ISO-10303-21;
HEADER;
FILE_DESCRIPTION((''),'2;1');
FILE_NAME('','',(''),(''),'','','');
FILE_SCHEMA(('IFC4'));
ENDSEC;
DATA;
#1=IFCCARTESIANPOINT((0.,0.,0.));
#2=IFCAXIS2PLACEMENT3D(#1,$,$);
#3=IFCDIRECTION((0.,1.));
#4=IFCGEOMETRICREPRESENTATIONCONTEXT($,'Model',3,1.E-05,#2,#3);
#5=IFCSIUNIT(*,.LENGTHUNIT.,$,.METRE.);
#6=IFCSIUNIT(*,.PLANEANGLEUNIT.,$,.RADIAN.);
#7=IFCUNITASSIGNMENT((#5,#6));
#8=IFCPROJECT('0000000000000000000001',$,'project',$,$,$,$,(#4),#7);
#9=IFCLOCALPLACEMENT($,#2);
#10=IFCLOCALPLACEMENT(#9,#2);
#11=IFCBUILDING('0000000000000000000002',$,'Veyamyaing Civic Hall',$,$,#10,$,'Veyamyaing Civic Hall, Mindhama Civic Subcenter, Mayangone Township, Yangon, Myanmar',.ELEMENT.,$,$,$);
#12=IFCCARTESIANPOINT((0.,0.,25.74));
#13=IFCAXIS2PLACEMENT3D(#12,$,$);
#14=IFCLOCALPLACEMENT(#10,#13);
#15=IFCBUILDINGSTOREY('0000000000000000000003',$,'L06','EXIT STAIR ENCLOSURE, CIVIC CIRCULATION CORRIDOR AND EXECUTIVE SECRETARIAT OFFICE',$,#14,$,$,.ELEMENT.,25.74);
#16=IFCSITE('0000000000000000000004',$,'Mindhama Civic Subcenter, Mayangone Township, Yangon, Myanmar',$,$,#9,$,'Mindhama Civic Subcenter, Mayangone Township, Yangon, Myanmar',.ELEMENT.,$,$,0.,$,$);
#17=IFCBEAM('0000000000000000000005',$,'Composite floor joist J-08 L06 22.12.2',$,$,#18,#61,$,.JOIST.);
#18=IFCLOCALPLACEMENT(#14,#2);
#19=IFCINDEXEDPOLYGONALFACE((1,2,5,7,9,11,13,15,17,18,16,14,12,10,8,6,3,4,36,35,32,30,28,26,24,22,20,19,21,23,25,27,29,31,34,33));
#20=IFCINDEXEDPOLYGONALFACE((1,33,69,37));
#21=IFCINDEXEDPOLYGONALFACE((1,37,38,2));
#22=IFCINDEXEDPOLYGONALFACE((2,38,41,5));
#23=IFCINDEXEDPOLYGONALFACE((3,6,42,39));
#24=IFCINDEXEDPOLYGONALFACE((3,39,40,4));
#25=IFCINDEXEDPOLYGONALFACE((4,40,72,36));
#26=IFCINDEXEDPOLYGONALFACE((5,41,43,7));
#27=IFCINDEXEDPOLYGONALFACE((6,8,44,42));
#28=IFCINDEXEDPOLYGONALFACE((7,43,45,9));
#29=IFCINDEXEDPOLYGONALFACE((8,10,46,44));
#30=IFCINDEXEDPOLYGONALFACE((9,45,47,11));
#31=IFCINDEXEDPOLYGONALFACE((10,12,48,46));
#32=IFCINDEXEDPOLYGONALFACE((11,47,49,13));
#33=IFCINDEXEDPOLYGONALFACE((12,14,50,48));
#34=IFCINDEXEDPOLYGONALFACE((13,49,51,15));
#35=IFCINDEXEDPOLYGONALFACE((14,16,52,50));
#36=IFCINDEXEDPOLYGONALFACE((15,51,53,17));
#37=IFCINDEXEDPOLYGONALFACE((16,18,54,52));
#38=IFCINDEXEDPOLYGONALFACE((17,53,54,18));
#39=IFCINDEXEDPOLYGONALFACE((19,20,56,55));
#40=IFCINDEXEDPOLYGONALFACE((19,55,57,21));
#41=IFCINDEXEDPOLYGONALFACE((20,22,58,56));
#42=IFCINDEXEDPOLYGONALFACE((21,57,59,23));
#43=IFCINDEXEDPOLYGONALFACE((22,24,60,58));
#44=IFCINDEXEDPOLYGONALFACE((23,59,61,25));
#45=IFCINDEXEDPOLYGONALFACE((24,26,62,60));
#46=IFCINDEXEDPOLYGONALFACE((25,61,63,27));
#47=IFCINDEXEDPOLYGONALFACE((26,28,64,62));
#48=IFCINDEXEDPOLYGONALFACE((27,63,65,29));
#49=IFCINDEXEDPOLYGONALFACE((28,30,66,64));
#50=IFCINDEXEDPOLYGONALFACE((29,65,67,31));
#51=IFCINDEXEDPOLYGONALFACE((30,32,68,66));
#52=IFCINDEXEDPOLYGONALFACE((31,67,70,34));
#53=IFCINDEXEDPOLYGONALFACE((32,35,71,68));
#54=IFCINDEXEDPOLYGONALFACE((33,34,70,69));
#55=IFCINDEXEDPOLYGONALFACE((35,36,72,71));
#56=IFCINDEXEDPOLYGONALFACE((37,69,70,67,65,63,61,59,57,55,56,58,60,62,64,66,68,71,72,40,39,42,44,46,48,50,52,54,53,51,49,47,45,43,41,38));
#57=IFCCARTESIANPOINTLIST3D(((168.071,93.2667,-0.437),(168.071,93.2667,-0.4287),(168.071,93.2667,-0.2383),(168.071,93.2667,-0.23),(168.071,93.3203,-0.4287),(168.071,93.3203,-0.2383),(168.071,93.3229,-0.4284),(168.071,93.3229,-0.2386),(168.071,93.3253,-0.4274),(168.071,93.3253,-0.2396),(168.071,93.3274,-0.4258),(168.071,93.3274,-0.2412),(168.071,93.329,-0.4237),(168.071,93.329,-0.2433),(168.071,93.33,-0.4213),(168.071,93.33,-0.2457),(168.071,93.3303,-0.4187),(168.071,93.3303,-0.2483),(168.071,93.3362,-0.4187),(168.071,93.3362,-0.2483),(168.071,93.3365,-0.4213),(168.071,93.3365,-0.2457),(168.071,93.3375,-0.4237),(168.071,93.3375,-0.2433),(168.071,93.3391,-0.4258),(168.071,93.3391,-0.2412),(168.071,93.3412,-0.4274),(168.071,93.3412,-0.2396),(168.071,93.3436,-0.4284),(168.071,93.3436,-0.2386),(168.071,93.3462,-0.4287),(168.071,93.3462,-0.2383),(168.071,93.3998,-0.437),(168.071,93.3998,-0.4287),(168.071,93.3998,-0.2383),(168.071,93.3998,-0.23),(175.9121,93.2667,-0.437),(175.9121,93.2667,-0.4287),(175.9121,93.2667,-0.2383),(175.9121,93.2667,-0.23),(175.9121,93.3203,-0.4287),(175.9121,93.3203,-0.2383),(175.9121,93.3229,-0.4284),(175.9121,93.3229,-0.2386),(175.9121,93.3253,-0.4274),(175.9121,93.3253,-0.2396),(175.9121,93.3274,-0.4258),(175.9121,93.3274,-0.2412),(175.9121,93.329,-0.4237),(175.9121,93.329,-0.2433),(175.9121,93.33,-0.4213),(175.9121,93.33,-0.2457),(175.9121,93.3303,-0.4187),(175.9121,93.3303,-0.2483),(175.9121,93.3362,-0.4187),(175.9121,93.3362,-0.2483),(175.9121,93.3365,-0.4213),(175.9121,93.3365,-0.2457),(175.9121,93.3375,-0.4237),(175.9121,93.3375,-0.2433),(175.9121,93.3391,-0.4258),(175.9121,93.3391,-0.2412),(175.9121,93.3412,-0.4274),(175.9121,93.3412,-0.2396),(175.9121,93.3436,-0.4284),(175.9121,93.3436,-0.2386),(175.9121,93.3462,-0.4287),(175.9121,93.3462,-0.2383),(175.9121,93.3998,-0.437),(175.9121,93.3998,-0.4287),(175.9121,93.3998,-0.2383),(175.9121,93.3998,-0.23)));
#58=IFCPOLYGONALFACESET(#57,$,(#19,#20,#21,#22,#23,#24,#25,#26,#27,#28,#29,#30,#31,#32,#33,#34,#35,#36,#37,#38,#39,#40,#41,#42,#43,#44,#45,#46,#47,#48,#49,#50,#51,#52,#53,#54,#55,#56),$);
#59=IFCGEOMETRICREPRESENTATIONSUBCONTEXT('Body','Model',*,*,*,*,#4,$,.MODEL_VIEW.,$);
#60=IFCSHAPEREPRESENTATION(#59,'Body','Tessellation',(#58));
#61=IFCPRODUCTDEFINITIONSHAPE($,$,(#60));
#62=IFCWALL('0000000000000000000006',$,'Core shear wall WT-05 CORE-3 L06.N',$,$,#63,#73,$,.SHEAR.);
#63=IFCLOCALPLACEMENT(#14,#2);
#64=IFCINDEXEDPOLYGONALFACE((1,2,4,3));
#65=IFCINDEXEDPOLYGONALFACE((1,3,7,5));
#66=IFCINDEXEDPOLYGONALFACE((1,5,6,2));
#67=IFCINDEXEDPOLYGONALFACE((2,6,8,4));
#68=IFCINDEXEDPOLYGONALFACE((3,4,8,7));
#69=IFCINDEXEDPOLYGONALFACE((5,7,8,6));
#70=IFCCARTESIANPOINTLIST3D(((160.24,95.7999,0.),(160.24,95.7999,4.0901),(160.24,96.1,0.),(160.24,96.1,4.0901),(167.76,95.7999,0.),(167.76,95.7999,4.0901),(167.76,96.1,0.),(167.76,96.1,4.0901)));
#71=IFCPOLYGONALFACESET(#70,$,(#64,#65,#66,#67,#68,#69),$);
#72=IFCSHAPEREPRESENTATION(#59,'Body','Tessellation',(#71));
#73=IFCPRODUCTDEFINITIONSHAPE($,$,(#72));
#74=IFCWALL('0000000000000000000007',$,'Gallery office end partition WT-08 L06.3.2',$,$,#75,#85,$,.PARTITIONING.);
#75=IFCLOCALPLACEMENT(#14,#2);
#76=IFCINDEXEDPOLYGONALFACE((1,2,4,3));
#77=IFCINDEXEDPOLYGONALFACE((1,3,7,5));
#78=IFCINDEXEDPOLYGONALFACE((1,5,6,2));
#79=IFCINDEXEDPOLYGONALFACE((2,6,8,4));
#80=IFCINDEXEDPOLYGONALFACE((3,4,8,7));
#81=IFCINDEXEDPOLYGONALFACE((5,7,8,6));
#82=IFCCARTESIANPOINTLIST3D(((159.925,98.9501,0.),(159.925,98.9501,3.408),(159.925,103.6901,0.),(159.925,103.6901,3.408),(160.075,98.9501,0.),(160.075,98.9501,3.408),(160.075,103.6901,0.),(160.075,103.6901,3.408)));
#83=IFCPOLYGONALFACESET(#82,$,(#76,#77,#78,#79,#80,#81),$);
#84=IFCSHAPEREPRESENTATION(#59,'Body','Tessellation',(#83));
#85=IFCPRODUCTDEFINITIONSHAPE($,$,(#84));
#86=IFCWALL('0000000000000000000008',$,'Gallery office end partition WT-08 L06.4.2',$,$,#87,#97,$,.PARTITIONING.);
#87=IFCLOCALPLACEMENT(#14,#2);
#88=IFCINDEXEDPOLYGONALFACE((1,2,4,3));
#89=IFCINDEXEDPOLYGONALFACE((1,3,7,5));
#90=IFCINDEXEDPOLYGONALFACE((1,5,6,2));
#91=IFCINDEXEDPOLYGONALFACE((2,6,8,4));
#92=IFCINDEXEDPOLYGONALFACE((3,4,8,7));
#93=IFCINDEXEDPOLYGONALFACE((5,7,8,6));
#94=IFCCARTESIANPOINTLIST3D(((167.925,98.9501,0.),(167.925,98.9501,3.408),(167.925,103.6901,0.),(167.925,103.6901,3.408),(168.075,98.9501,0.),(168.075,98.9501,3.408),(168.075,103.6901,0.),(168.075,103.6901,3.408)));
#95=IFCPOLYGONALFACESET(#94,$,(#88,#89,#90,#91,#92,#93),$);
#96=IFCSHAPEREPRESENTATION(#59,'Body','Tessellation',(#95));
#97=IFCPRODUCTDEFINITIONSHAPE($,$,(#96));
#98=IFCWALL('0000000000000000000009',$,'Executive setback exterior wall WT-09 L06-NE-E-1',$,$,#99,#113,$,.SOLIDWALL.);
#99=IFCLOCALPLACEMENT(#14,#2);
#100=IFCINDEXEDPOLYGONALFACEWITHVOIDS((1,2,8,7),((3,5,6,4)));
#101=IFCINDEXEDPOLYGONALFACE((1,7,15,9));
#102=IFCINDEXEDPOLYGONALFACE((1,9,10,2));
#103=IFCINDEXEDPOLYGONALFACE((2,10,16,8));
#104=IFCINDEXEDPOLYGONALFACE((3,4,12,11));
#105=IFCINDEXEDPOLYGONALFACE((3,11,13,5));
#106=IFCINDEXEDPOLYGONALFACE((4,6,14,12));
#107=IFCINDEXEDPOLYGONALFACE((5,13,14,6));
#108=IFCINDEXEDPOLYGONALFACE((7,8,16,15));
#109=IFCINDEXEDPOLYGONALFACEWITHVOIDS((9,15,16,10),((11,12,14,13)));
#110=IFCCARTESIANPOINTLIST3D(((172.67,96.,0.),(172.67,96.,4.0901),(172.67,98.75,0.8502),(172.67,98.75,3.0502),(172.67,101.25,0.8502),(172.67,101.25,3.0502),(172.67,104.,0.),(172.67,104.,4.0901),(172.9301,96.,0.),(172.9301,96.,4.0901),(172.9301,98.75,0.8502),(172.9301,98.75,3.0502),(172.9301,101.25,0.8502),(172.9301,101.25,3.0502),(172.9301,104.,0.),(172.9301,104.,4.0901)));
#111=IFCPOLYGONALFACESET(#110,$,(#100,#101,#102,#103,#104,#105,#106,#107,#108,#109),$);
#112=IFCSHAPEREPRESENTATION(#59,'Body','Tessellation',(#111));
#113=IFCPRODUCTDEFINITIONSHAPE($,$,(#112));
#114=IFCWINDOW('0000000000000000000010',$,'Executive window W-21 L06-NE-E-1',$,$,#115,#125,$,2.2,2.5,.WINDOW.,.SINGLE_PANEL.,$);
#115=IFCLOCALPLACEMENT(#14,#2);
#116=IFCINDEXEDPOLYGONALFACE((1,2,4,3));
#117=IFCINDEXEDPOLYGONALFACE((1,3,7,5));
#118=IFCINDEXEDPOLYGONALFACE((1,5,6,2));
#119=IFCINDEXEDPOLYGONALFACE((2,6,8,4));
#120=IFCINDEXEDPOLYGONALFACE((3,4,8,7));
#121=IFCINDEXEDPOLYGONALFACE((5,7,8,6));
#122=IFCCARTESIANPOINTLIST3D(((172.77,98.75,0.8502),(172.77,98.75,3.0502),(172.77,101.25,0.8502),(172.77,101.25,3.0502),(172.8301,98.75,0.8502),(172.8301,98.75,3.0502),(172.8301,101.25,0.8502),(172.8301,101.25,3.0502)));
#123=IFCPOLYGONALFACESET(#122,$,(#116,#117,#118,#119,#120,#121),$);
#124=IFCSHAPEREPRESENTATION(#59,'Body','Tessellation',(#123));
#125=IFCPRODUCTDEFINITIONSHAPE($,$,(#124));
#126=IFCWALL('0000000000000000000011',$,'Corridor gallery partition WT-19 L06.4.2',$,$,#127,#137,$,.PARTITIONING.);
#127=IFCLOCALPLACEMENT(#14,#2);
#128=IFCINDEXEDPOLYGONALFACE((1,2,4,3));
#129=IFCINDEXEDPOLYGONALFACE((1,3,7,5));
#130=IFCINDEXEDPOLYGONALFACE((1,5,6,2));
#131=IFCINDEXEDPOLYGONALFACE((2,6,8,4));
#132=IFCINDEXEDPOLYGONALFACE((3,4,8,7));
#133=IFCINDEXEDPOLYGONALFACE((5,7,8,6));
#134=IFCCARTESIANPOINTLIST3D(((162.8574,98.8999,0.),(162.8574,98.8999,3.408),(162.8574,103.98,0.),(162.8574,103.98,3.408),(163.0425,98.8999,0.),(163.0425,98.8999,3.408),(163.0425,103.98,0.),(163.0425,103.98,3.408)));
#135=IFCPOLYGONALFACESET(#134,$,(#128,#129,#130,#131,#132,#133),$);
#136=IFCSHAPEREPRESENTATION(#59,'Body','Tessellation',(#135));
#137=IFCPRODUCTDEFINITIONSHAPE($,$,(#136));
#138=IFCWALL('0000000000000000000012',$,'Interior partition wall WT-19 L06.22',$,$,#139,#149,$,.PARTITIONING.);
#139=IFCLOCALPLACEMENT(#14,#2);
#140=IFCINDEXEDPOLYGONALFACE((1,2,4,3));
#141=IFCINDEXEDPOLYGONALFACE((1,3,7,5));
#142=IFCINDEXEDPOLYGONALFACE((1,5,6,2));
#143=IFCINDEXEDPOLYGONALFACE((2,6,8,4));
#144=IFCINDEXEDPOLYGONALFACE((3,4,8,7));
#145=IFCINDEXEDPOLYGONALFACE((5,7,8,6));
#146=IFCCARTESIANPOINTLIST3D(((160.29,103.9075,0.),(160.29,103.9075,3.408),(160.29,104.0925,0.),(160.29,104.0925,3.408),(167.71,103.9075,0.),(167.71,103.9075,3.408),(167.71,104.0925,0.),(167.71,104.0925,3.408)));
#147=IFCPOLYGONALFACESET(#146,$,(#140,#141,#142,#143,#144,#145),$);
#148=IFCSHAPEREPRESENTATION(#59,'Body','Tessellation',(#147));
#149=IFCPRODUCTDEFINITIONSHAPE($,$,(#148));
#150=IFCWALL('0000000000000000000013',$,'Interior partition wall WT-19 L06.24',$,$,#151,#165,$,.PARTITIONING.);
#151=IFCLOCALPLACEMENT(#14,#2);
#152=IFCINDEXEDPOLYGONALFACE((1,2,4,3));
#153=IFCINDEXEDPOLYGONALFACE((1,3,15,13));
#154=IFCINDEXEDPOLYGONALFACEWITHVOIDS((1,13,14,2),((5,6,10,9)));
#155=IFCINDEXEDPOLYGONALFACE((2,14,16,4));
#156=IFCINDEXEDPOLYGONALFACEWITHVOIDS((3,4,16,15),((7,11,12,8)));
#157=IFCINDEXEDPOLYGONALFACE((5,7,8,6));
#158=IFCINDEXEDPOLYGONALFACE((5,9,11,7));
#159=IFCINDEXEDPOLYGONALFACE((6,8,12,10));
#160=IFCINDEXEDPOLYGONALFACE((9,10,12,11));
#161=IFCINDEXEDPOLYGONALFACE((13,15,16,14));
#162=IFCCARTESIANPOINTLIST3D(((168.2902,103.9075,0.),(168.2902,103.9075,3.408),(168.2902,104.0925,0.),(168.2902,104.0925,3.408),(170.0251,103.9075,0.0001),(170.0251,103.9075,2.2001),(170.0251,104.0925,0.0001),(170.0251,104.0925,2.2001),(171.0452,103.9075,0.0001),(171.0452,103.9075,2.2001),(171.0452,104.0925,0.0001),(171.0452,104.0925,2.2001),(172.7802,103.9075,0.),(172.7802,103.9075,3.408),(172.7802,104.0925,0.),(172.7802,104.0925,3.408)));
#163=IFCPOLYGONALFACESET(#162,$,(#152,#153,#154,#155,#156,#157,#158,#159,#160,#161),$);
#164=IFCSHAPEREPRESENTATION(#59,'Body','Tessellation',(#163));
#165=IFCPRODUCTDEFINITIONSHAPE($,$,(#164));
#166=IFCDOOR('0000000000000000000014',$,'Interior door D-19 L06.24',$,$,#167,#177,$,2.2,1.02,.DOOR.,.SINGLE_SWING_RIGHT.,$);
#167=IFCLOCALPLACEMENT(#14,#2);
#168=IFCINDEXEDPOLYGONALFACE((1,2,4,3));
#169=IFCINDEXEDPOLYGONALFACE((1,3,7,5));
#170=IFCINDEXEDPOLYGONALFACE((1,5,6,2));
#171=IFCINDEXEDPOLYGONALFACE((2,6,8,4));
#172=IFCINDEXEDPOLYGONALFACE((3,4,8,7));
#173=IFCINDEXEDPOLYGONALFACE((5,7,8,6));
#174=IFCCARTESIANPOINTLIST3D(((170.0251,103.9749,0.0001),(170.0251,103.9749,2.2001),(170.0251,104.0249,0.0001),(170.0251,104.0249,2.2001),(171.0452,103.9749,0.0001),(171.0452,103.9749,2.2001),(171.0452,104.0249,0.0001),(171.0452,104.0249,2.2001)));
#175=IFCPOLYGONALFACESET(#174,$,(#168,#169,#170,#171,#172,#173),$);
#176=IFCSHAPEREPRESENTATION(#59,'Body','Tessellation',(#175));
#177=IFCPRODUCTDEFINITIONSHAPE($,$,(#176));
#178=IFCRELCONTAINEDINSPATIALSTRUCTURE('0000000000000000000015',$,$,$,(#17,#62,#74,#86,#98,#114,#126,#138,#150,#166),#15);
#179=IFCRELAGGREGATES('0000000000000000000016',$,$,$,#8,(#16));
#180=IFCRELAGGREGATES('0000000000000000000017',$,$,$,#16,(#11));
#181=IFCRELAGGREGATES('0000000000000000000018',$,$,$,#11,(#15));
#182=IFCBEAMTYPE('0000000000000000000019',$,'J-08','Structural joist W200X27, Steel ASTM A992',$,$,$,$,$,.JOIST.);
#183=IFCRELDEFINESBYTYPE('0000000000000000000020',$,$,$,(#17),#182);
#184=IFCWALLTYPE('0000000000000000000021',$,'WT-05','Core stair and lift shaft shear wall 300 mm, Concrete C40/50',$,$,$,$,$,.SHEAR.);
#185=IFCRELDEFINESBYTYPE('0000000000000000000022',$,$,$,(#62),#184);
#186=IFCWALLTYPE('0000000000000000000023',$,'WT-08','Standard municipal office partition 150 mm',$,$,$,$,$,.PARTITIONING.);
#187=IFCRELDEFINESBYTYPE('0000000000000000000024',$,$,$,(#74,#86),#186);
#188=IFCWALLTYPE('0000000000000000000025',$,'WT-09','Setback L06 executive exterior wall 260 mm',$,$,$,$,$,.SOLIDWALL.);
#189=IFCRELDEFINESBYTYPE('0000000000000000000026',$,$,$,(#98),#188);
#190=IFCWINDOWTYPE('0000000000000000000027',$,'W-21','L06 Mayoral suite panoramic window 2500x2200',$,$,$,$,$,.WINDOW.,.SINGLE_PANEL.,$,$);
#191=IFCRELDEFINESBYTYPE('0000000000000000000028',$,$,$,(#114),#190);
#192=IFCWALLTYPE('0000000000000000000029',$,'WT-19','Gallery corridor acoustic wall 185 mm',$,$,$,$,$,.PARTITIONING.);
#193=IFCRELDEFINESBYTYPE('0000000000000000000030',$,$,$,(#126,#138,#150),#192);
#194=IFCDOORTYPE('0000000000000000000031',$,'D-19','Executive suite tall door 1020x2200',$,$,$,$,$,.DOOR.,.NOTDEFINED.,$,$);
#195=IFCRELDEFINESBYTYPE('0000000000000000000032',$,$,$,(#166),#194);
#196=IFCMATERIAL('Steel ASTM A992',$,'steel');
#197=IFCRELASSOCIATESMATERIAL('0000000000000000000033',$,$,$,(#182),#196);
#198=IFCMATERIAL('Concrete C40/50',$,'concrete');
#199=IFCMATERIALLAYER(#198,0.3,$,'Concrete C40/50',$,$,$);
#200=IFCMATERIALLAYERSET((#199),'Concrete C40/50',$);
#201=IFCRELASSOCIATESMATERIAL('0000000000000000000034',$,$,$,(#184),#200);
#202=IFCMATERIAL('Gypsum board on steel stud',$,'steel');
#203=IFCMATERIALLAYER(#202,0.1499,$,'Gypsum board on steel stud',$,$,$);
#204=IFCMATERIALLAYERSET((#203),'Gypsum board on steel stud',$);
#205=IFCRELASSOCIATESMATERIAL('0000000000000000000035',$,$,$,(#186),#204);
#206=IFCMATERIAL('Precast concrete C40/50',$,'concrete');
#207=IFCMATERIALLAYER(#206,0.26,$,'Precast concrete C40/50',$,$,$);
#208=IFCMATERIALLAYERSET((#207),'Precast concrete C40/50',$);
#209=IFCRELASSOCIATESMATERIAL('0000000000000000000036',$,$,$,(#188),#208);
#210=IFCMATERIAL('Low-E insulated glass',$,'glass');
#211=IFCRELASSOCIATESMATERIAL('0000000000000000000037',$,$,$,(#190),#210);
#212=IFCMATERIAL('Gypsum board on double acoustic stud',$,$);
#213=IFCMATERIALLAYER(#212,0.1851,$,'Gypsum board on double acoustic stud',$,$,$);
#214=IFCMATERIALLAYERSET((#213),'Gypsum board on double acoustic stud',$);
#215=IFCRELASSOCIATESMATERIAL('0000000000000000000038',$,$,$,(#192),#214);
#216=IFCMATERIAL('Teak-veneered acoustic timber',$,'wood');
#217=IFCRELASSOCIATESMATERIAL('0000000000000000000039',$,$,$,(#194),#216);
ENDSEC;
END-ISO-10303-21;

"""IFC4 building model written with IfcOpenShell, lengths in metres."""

from ifc_helpers import new_model, si_unit, direction, frame, frame_2d, origin, origin_2d, place, context, subcontext, project, spatial, rectangle, i_section, extrude, material, layer, layer_set, material_profile, profile_set, type_object, element, fill, save


model = new_model("IFC4")

# Units and contexts
model_context = context("Model", 3, precision=1e-05, world=origin(), true_north=direction((0.0, 1.0)))
body_context = subcontext(model_context, "Body", "Model", "MODEL_VIEW")
ifc_project = project(units=[si_unit("LENGTHUNIT", "METRE"), si_unit("PLANEANGLEUNIT", "RADIAN")], contexts=[model_context])

# Site, building, storey
site_placement = place(None, origin())
site = spatial("IfcSite", under=ifc_project, at=site_placement, Name="Mindhama Civic Subcenter, Mayangone Township, Yangon, Myanmar", LongName="Mindhama Civic Subcenter, Mayangone Township, Yangon, Myanmar", CompositionType="ELEMENT", RefElevation=0.0)
building_placement = place(site_placement, origin())
building = spatial("IfcBuilding", under=site, at=building_placement, Name="Veyamyaing Civic Hall", LongName="Veyamyaing Civic Hall, Mindhama Civic Subcenter, Mayangone Township, Yangon, Myanmar", CompositionType="ELEMENT")
storey_placement = place(building_placement, frame((0.0, 0.0, 25.74)))
storey = spatial("IfcBuildingStorey", under=building, at=storey_placement, Name="L06", Description="EXIT STAIR ENCLOSURE, CIVIC CIRCULATION CORRIDOR AND EXECUTIVE SECRETARIAT OFFICE", CompositionType="ELEMENT", Elevation=25.74)

# Beam
ifc_material_1 = material(Name="Steel ASTM A992", Category="steel")
ifc_material_profile_1 = material_profile(ifc_material_1, i_section(OverallWidth=0.1331, OverallDepth=0.207, WebThickness=0.0059, FlangeThickness=0.0083, FilletRadius=0.01, at=origin_2d()), Name="W200X27")
ifc_profile_set_1 = profile_set([ifc_material_profile_1], Name="Steel ASTM A992")
beam_type_1 = type_object("IfcBeamType", Name="J-08", Description="Structural joist W200X27, Steel ASTM A992", PredefinedType="JOIST", material=ifc_profile_set_1)
beam_1_placement = place(storey_placement, frame((168.071, 93.3333, -0.3335), z_axis=(1.0, 0.0, 0.0), x_axis=(0.0, 1.0, 0.0)))
element("IfcBeam", 1, at=beam_1_placement, inside=storey, type_object=beam_type_1, Name="Composite floor joist J-08 L06 22.12.2", PredefinedType="JOIST", context=body_context, shape_type="SweptSolid", body=[
    extrude(i_section(OverallWidth=0.1331, OverallDepth=0.207, WebThickness=0.0059, FlangeThickness=0.0083, FilletRadius=0.01, at=origin_2d()), origin(), (0.0, 0.0, 1.0), 7.8411),
])

# Walls
ifc_material_2 = material(Name="Concrete C40/50", Category="concrete")
ifc_layer_1 = layer(ifc_material_2, 0.3, Name="Concrete C40/50")
ifc_layer_set_1 = layer_set([ifc_layer_1], Name="Concrete C40/50")
wall_type_1 = type_object("IfcWallType", Name="WT-05", Description="Core stair and lift shaft shear wall 300 mm, Concrete C40/50", PredefinedType="SHEAR", material=ifc_layer_set_1)
wall_1_placement = place(storey_placement, frame((160.24, 95.95, 0.0), z_axis=(0.0, 0.0, 1.0), x_axis=(1.0, 0.0, 0.0)))
element("IfcWall", 2, at=wall_1_placement, inside=storey, type_object=wall_type_1, Name="Core shear wall WT-05 CORE-3 L06.N", PredefinedType="SHEAR", context=body_context, shape_type="SweptSolid", body=[
    extrude(rectangle(XDim=7.52, YDim=0.3, at=frame_2d((3.76, 0.0))), origin(), (0.0, 0.0, 1.0), 4.0901),
])
ifc_material_3 = material(Name="Gypsum board on steel stud", Category="steel")
ifc_layer_2 = layer(ifc_material_3, 0.1499, Name="Gypsum board on steel stud")
ifc_layer_set_2 = layer_set([ifc_layer_2], Name="Gypsum board on steel stud")
wall_type_2 = type_object("IfcWallType", Name="WT-08", Description="Standard municipal office partition 150 mm", PredefinedType="PARTITIONING", material=ifc_layer_set_2)
for number, where, z_axis, x_axis, name in (
    (3, (160.0, 98.95, 0.0), (0.0, 0.0, 1.0), (0.0, 1.0, 0.0), "Gallery office end partition WT-08 L06.3.2"),
    (4, (168.0, 98.95, 0.0), (0.0, 0.0, 1.0), (0.0, 1.0, 0.0), "Gallery office end partition WT-08 L06.4.2"),
):
    element("IfcWall", number, at=place(storey_placement, frame(where, z_axis=z_axis, x_axis=x_axis)), inside=storey, type_object=wall_type_2, Name=name, PredefinedType="PARTITIONING", context=body_context, shape_type="SweptSolid", body=[
        extrude(rectangle(XDim=4.74, YDim=0.1499, at=frame_2d((2.3701, 0.0))), origin(), (0.0, 0.0, 1.0), 3.408),
    ])

# Wall, opening, window
ifc_material_4 = material(Name="Precast concrete C40/50", Category="concrete")
ifc_layer_3 = layer(ifc_material_4, 0.26, Name="Precast concrete C40/50")
ifc_layer_set_3 = layer_set([ifc_layer_3], Name="Precast concrete C40/50")
wall_type_3 = type_object("IfcWallType", Name="WT-09", Description="Setback L06 executive exterior wall 260 mm", PredefinedType="SOLIDWALL", material=ifc_layer_set_3)
wall_2_placement = place(storey_placement, frame((172.8, 96.0, 0.0), z_axis=(0.0, 0.0, 1.0), x_axis=(0.0, 1.0, 0.0)))
wall_2 = element("IfcWall", 5, at=wall_2_placement, inside=storey, type_object=wall_type_3, Name="Executive setback exterior wall WT-09 L06-NE-E-1", PredefinedType="SOLIDWALL", context=body_context, shape_type="SweptSolid", body=[
    extrude(rectangle(XDim=8.0, YDim=0.26, at=frame_2d((4.0, 0.0))), origin(), (0.0, 0.0, 1.0), 4.0901),
])
opening_1_placement = place(wall_2_placement, frame((2.75, 0.0, 0.8501)))
opening_1 = element("IfcOpeningElement", 6, at=opening_1_placement, cuts=wall_2, PredefinedType="OPENING", context=body_context, shape_type="SweptSolid", body=[
    extrude(rectangle(XDim=2.5, YDim=2.2, at=frame_2d((1.25, 1.1001))), frame((0.0, 0.1399, 0.0), z_axis=(0.0, -1.0, 0.0), x_axis=(1.0, 0.0, 0.0)), (0.0, 0.0, 1.0), 0.28),
])
ifc_material_5 = material(Name="Low-E insulated glass", Category="glass")
window_type = type_object("IfcWindowType", Name="W-21", Description="L06 Mayoral suite panoramic window 2500x2200", PartitioningType="SINGLE_PANEL", PredefinedType="WINDOW", material=ifc_material_5)
window_placement = place(opening_1_placement, origin())
window = element("IfcWindow", 7, at=window_placement, inside=storey, type_object=window_type, Name="Executive window W-21 L06-NE-E-1", OverallHeight=2.2, OverallWidth=2.5, PartitioningType="SINGLE_PANEL", PredefinedType="WINDOW", context=body_context, shape_type="SweptSolid", body=[
    extrude(rectangle(XDim=2.5, YDim=2.2, at=frame_2d((1.25, 1.1001))), frame((0.0, 0.03, 0.0), z_axis=(0.0, -1.0, 0.0), x_axis=(1.0, 0.0, 0.0)), (0.0, 0.0, 1.0), 0.0601),
])
fill(opening_1, window)

# Shared definitions
ifc_material_6 = material(Name="Gypsum board on double acoustic stud")
ifc_layer_4 = layer(ifc_material_6, 0.1851, Name="Gypsum board on double acoustic stud")
ifc_layer_set_4 = layer_set([ifc_layer_4], Name="Gypsum board on double acoustic stud")
wall_type_4 = type_object("IfcWallType", Name="WT-19", Description="Gallery corridor acoustic wall 185 mm", PredefinedType="PARTITIONING", material=ifc_layer_set_4)
ifc_material_7 = material(Name="Teak-veneered acoustic timber", Category="wood")

# Walls
wall_3_placement = place(storey_placement, frame((162.95, 98.8999, 0.0), z_axis=(0.0, 0.0, 1.0), x_axis=(0.0, 1.0, 0.0)))
element("IfcWall", 8, at=wall_3_placement, inside=storey, type_object=wall_type_4, Name="Corridor gallery partition WT-19 L06.4.2", PredefinedType="PARTITIONING", context=body_context, shape_type="SweptSolid", body=[
    extrude(rectangle(XDim=5.0801, YDim=0.1851, at=frame_2d((2.54, 0.0))), origin(), (0.0, 0.0, 1.0), 3.408),
])
wall_4_placement = place(storey_placement, frame((160.29, 104.0, 0.0), z_axis=(0.0, 0.0, 1.0), x_axis=(1.0, 0.0, 0.0)))
element("IfcWall", 9, at=wall_4_placement, inside=storey, type_object=wall_type_4, Name="Interior partition wall WT-19 L06.22", PredefinedType="PARTITIONING", context=body_context, shape_type="SweptSolid", body=[
    extrude(rectangle(XDim=7.4199, YDim=0.1851, at=frame_2d((3.71, 0.0))), origin(), (0.0, 0.0, 1.0), 3.408),
])

# Wall, opening, door
wall_5_placement = place(storey_placement, frame((168.29, 104.0, 0.0), z_axis=(0.0, 0.0, 1.0), x_axis=(1.0, 0.0, 0.0)))
wall_5 = element("IfcWall", 10, at=wall_5_placement, inside=storey, type_object=wall_type_4, Name="Interior partition wall WT-19 L06.24", PredefinedType="PARTITIONING", context=body_context, shape_type="SweptSolid", body=[
    extrude(rectangle(XDim=4.49, YDim=0.1851, at=frame_2d((2.2451, 0.0))), origin(), (0.0, 0.0, 1.0), 3.408),
])
opening_2_placement = place(wall_5_placement, frame((1.7351, 0.0, 0.0)))
opening_2 = element("IfcOpeningElement", 11, at=opening_2_placement, cuts=wall_5, PredefinedType="OPENING", context=body_context, shape_type="SweptSolid", body=[
    extrude(rectangle(XDim=1.02, YDim=2.2, at=frame_2d((0.51, 1.1001))), frame((0.0, 0.1025, 0.0), z_axis=(0.0, -1.0, 0.0), x_axis=(1.0, 0.0, 0.0)), (0.0, 0.0, 1.0), 0.2051),
])
door_type_1 = type_object("IfcDoorType", Name="D-19", Description="Executive suite tall door 1020x2200", OperationType="NOTDEFINED", PredefinedType="DOOR", material=ifc_material_7)
door_1_placement = place(opening_2_placement, origin())
door_1 = element("IfcDoor", 12, at=door_1_placement, inside=storey, type_object=door_type_1, Name="Interior door D-19 L06.24", OperationType="SINGLE_SWING_RIGHT", OverallHeight=2.2, OverallWidth=1.02, PredefinedType="DOOR", context=body_context, shape_type="SweptSolid", body=[
    extrude(rectangle(XDim=1.02, YDim=2.2, at=frame_2d((0.51, 1.1001))), frame((0.0, 0.0249, 0.0), z_axis=(0.0, -1.0, 0.0), x_axis=(1.0, 0.0, 0.0)), (0.0, 0.0, 1.0), 0.05),
])
fill(opening_2, door_1)

save(model, "model.ifc")
